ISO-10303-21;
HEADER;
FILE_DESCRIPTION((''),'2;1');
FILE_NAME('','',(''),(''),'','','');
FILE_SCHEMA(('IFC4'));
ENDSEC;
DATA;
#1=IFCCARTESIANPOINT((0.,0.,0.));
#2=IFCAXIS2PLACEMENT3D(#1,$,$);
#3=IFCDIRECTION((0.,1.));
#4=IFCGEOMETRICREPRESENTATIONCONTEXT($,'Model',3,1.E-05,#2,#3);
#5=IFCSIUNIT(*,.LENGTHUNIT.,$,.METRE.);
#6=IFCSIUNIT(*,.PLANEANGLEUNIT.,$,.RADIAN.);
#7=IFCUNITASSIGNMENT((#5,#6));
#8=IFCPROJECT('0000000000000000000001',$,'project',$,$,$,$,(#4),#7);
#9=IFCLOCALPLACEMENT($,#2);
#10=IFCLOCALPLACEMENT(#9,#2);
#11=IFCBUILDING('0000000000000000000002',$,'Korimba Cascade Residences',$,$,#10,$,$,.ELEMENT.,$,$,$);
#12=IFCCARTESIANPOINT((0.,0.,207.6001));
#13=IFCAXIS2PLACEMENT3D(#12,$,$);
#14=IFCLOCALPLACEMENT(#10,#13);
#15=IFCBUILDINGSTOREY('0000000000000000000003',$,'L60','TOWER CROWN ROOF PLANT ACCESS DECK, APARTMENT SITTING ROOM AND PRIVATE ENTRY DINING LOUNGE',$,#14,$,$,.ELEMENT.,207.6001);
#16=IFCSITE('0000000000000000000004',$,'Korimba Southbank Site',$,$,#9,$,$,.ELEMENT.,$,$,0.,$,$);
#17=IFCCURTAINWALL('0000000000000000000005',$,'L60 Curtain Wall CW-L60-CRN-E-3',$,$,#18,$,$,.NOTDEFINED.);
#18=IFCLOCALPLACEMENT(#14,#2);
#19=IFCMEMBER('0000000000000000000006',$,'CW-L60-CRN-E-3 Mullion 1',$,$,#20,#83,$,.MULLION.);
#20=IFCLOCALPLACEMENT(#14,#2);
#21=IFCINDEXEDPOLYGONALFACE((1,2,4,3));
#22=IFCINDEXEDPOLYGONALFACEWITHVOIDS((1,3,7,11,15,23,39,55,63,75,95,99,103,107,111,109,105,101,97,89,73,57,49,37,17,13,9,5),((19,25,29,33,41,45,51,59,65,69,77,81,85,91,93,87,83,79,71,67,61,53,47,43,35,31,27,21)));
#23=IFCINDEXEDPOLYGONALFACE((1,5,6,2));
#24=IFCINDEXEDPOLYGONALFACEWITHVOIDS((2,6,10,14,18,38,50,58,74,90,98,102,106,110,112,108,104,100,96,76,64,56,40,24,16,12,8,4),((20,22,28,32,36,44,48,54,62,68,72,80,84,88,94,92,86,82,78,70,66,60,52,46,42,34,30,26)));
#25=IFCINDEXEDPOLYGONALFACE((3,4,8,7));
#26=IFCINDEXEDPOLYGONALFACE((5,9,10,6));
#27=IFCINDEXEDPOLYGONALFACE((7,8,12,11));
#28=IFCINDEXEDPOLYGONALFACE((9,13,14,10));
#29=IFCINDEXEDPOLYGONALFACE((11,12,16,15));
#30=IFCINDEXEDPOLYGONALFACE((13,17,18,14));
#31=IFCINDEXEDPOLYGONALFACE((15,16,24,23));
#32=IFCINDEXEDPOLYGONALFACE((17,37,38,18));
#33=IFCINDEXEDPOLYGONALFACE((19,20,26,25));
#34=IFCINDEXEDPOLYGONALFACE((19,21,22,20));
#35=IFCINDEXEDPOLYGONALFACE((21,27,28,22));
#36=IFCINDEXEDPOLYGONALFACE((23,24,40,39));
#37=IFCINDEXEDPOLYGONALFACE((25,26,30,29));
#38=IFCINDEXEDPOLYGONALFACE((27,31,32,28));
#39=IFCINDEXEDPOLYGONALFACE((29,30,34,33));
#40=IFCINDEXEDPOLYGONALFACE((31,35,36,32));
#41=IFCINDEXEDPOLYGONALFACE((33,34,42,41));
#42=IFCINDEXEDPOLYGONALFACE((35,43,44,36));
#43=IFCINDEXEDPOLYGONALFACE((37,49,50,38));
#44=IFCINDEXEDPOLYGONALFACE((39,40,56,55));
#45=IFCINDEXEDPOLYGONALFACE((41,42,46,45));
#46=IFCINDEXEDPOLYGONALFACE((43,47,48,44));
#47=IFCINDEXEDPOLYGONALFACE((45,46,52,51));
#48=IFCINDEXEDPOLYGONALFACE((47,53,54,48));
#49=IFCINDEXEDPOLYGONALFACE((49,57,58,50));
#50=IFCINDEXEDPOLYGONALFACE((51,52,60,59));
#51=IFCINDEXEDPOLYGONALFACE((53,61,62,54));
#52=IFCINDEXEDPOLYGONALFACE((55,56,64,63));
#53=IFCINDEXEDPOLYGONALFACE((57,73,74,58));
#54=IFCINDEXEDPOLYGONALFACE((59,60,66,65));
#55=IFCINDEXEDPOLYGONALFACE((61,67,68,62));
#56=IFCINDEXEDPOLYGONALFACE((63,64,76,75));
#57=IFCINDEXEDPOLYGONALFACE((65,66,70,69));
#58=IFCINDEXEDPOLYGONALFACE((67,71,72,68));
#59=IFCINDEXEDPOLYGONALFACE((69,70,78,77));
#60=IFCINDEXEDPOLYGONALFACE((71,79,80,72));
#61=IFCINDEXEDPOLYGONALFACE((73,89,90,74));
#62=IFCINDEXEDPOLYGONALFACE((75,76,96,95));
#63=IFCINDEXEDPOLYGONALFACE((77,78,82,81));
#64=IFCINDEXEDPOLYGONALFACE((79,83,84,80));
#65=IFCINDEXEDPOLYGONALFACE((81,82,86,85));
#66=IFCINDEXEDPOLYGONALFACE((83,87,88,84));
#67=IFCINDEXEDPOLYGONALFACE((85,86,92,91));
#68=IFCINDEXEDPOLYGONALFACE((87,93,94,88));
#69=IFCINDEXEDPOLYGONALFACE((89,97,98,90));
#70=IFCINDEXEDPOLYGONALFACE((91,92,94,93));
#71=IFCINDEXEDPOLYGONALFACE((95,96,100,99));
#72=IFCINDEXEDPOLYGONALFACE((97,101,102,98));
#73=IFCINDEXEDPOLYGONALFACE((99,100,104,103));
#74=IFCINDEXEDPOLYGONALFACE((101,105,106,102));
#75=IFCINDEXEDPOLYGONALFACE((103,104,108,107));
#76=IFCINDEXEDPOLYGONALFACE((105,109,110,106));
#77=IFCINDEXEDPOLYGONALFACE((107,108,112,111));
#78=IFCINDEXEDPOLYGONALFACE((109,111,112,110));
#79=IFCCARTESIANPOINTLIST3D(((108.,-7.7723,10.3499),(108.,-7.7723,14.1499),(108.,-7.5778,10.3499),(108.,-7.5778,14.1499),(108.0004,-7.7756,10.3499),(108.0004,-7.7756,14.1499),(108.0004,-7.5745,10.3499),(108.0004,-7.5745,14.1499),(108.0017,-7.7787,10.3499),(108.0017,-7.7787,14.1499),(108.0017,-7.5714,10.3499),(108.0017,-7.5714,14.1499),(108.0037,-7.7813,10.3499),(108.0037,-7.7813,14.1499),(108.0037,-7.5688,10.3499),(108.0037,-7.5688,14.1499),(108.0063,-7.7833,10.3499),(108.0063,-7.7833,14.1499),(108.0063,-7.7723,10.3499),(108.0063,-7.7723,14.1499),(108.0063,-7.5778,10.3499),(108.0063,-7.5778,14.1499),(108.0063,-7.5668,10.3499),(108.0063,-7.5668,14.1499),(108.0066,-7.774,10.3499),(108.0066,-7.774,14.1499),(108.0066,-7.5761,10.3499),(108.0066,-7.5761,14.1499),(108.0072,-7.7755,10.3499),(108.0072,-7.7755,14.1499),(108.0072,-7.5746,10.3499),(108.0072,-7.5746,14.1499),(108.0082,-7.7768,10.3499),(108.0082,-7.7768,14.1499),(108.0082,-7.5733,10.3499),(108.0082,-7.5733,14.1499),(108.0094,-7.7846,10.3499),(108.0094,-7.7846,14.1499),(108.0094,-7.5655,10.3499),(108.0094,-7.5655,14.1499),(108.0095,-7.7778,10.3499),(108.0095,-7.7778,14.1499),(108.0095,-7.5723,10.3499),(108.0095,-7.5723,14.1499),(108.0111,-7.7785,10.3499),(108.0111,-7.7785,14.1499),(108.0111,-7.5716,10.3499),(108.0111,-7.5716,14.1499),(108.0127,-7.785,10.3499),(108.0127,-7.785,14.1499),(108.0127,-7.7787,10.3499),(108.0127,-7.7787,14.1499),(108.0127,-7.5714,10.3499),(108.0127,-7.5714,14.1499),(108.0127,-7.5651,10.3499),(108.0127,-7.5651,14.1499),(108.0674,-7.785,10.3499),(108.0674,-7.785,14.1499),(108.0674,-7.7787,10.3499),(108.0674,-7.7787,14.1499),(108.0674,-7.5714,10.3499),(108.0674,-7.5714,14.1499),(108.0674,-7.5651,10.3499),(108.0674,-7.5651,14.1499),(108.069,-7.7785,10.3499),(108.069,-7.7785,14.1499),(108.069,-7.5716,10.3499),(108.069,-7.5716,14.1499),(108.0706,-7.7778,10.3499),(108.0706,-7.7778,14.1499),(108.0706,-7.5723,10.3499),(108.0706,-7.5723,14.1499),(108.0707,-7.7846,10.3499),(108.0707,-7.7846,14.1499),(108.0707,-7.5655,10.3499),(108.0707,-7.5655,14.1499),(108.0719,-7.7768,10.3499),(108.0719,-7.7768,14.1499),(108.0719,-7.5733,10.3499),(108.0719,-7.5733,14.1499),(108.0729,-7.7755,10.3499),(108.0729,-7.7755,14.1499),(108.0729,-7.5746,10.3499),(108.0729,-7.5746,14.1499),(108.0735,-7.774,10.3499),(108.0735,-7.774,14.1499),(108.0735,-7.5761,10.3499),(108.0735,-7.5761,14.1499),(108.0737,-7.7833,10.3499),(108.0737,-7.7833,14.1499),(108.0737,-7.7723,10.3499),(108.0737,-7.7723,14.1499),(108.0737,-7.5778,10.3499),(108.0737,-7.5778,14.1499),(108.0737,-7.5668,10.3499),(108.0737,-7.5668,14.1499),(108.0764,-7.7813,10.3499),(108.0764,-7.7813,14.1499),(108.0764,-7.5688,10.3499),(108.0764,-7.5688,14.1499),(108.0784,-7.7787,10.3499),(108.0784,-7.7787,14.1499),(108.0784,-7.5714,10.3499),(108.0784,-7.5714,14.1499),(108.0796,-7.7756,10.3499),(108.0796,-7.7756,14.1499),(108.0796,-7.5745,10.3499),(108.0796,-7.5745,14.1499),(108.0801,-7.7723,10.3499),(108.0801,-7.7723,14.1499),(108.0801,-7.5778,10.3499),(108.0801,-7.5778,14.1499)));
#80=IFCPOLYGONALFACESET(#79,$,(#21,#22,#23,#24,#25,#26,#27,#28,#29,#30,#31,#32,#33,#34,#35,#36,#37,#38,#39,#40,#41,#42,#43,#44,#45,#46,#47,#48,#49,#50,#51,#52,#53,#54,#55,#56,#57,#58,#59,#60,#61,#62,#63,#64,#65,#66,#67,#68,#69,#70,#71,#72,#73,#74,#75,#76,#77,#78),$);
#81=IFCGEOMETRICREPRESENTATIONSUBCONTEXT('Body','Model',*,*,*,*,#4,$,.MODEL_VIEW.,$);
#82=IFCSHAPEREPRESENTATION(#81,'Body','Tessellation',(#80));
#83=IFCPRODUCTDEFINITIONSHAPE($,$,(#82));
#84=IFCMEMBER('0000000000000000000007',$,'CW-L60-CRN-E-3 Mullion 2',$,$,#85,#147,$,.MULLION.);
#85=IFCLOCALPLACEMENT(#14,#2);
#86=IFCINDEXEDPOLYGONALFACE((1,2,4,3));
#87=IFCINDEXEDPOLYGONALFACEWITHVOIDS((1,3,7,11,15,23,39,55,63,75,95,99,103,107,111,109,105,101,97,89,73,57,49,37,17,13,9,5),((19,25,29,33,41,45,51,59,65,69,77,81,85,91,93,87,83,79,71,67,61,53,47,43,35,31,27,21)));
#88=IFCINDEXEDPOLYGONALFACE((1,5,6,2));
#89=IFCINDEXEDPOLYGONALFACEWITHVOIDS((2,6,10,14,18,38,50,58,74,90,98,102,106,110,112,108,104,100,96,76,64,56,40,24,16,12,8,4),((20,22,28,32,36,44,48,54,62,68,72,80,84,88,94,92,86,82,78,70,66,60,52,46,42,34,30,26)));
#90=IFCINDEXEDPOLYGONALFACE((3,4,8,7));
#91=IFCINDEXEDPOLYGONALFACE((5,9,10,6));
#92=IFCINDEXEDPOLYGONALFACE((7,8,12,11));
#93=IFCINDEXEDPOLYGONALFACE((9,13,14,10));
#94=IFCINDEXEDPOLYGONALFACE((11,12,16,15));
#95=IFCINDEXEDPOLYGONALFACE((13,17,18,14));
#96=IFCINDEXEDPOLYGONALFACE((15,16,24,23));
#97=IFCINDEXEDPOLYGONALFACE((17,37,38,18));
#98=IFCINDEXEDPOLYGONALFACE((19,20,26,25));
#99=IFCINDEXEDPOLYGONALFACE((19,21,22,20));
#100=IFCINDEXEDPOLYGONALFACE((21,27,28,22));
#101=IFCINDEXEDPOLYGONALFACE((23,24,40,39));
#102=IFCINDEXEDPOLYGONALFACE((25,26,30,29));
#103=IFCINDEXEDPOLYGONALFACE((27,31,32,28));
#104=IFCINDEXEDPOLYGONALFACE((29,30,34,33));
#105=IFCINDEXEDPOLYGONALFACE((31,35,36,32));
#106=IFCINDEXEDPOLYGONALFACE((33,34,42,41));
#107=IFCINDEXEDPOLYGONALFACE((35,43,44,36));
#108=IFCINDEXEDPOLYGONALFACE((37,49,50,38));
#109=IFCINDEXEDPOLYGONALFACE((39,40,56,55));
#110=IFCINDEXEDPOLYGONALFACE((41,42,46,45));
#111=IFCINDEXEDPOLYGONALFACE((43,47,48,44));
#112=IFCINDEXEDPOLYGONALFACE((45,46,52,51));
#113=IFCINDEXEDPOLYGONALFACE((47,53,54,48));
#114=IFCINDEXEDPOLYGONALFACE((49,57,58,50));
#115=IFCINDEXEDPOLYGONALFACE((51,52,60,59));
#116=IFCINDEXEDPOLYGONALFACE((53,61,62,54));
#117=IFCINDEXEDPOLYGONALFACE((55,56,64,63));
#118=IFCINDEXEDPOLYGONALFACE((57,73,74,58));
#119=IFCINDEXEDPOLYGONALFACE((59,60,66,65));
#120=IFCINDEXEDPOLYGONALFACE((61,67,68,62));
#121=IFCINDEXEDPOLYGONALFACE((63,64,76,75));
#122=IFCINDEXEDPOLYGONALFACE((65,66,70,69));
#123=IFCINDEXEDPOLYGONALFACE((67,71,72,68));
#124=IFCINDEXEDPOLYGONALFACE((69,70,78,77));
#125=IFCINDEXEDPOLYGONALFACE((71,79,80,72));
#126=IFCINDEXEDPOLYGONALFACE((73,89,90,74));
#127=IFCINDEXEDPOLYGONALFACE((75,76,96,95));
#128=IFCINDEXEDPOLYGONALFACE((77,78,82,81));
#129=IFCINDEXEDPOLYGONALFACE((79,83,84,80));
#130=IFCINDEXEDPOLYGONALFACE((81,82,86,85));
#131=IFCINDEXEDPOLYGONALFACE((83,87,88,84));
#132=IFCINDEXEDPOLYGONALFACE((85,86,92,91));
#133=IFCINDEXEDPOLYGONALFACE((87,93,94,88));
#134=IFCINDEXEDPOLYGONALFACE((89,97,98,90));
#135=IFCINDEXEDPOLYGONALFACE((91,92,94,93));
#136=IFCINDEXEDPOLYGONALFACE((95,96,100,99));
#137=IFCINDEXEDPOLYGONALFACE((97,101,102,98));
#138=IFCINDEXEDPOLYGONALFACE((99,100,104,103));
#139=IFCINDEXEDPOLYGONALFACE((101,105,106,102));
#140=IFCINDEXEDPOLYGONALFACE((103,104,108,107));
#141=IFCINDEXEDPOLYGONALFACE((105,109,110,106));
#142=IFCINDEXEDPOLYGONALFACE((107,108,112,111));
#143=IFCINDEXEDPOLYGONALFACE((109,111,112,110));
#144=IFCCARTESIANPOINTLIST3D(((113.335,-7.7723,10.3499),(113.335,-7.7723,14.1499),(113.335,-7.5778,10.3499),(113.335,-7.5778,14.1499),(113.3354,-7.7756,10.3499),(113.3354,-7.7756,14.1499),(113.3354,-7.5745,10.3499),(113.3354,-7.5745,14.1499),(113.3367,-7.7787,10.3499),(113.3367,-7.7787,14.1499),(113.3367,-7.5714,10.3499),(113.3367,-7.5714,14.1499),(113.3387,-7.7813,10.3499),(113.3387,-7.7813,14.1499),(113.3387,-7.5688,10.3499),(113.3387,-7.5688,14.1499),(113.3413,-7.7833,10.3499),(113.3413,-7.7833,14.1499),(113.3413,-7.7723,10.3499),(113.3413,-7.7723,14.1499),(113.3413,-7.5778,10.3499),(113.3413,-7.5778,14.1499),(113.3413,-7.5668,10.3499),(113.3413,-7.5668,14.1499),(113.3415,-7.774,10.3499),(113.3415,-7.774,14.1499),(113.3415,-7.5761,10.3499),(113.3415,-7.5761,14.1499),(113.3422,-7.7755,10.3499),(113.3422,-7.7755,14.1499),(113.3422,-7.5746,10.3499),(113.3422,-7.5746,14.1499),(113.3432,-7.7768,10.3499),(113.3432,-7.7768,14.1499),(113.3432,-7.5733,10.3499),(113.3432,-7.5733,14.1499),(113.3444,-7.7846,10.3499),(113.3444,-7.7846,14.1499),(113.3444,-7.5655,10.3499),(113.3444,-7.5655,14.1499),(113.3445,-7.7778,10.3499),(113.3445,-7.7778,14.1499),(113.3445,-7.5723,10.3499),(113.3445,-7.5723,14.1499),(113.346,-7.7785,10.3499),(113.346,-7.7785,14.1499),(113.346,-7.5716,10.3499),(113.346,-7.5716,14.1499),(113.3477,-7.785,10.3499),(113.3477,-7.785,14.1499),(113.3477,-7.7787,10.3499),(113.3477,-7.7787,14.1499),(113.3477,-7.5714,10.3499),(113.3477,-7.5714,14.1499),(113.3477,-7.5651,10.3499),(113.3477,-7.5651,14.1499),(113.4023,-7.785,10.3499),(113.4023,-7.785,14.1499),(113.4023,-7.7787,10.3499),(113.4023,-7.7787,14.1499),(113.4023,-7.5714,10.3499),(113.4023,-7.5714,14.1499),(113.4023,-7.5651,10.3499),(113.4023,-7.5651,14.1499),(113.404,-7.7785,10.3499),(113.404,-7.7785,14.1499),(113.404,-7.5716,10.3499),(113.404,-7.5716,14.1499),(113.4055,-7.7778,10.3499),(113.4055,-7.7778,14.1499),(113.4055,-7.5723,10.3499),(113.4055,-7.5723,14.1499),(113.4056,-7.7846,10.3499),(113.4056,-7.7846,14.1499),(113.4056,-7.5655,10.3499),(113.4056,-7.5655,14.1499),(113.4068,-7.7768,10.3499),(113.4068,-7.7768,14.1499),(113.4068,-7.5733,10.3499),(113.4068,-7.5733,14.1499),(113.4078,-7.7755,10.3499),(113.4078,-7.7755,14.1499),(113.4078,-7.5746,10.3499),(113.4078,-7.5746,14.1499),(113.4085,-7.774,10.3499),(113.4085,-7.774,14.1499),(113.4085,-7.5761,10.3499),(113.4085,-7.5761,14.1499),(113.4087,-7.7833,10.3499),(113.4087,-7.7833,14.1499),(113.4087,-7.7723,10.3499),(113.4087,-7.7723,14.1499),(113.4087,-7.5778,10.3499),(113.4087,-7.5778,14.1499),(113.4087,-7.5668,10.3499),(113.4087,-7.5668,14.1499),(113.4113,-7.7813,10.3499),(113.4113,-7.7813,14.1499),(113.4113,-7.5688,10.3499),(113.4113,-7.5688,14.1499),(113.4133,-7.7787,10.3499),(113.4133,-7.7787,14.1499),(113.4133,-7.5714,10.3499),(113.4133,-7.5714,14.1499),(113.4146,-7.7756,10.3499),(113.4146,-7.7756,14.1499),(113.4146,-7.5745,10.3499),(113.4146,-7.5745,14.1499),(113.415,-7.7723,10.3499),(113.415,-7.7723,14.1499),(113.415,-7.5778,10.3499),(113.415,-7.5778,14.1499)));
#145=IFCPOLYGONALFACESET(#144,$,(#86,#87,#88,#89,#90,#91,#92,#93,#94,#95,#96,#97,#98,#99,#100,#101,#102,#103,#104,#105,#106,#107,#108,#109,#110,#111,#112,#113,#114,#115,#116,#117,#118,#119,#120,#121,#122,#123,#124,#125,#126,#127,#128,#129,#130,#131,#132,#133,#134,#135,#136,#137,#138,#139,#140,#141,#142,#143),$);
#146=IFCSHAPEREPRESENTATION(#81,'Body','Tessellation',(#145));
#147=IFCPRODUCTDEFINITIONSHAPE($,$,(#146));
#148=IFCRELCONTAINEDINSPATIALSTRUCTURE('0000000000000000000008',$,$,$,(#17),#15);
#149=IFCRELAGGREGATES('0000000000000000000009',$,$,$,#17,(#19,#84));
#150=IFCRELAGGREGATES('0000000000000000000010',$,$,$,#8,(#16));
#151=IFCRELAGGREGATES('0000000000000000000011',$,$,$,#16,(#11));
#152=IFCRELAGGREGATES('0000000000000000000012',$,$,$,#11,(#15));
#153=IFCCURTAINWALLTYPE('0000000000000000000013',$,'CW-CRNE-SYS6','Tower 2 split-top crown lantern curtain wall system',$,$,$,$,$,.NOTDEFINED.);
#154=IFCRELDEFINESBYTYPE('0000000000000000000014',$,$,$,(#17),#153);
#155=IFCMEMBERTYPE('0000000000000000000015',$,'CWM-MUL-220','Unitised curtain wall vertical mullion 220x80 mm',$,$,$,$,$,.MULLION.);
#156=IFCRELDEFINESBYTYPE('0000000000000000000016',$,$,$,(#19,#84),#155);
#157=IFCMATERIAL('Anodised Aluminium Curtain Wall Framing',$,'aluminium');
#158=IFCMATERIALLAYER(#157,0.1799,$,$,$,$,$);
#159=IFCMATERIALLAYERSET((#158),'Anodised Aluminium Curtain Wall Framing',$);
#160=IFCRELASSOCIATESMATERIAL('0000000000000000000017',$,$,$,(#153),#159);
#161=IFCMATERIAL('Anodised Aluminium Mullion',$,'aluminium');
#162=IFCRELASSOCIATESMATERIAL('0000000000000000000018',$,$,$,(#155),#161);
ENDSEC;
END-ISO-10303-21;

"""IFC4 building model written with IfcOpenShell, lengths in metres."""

from ifc_helpers import new_model, si_unit, direction, frame, origin, origin_2d, place, context, subcontext, project, spatial, hollow_rectangle, extrude, material, layer, layer_set, material_profile, profile_set, type_object, element, aggregate, save


model = new_model("IFC4")

# Units and contexts
model_context = context("Model", 3, precision=1e-05, world=origin(), true_north=direction((0.0, 1.0)))
body_context = subcontext(model_context, "Body", "Model", "MODEL_VIEW")
ifc_project = project(units=[si_unit("LENGTHUNIT", "METRE"), si_unit("PLANEANGLEUNIT", "RADIAN")], contexts=[model_context])

# Site, building, storey
site_placement = place(None, origin())
site = spatial("IfcSite", under=ifc_project, at=site_placement, Name="Korimba Southbank Site", CompositionType="ELEMENT", RefElevation=0.0)
building_placement = place(site_placement, origin())
building = spatial("IfcBuilding", under=site, at=building_placement, Name="Korimba Cascade Residences", CompositionType="ELEMENT")
storey_placement = place(building_placement, frame((0.0, 0.0, 207.6001)))
storey = spatial("IfcBuildingStorey", under=building, at=storey_placement, Name="L60", Description="TOWER CROWN ROOF PLANT ACCESS DECK, APARTMENT SITTING ROOM AND PRIVATE ENTRY DINING LOUNGE", CompositionType="ELEMENT", Elevation=207.6001)

# Curtain wall, members
ifc_material_1 = material(Name="Anodised Aluminium Curtain Wall Framing", Category="aluminium")
ifc_layer_1 = layer(ifc_material_1, 0.1799)
ifc_layer_set_1 = layer_set([ifc_layer_1], Name="Anodised Aluminium Curtain Wall Framing")
curtain_wall_type = type_object("IfcCurtainWallType", Name="CW-CRNE-SYS6", Description="Tower 2 split-top crown lantern curtain wall system", PredefinedType="NOTDEFINED", material=ifc_layer_set_1)
curtain_wall_placement = place(storey_placement, origin())
curtain_wall = element("IfcCurtainWall", 1, at=curtain_wall_placement, inside=storey, type_object=curtain_wall_type, Name="L60 Curtain Wall CW-L60-CRN-E-3", PredefinedType="NOTDEFINED")
ifc_material_2 = material(Name="Anodised Aluminium Mullion", Category="aluminium")
ifc_material_profile_1 = material_profile(ifc_material_2, hollow_rectangle(XDim=0.0801, YDim=0.22, WallThickness=0.0063, InnerFilletRadius=0.0063, OuterFilletRadius=0.0127, at=origin_2d()), Name="Anodised Aluminium Mullion")
ifc_profile_set_1 = profile_set([ifc_material_profile_1], Name="Anodised Aluminium Mullion")
member_type_1 = type_object("IfcMemberType", Name="CWM-MUL-220", Description="Unitised curtain wall vertical mullion 220x80 mm", PredefinedType="MULLION", material=ifc_profile_set_1)
member_1_placement = place(storey_placement, frame((108.04, -7.675, 10.3499), z_axis=(0.0, 0.0, 1.0), x_axis=(1.0, 0.0, 0.0)))
member_1 = element("IfcMember", 2, at=member_1_placement, type_object=member_type_1, Name="CW-L60-CRN-E-3 Mullion 1", PredefinedType="MULLION", context=body_context, shape_type="SweptSolid", body=[
    extrude(hollow_rectangle(XDim=0.0801, YDim=0.22, WallThickness=0.0063, InnerFilletRadius=0.0063, OuterFilletRadius=0.0127, at=origin_2d()), origin(), (0.0, 0.0, 1.0), 3.8),
])
member_2_placement = place(storey_placement, frame((113.375, -7.675, 10.3499), z_axis=(0.0, 0.0, 1.0), x_axis=(1.0, 0.0, 0.0)))
member_2 = element("IfcMember", 3, at=member_2_placement, type_object=member_type_1, Name="CW-L60-CRN-E-3 Mullion 2", PredefinedType="MULLION", context=body_context, shape_type="SweptSolid", body=[
    extrude(hollow_rectangle(XDim=0.0801, YDim=0.22, WallThickness=0.0063, InnerFilletRadius=0.0063, OuterFilletRadius=0.0127, at=origin_2d()), origin(), (0.0, 0.0, 1.0), 3.8),
])

aggregate(curtain_wall, [member_1, member_2])

save(model, "model.ifc")
